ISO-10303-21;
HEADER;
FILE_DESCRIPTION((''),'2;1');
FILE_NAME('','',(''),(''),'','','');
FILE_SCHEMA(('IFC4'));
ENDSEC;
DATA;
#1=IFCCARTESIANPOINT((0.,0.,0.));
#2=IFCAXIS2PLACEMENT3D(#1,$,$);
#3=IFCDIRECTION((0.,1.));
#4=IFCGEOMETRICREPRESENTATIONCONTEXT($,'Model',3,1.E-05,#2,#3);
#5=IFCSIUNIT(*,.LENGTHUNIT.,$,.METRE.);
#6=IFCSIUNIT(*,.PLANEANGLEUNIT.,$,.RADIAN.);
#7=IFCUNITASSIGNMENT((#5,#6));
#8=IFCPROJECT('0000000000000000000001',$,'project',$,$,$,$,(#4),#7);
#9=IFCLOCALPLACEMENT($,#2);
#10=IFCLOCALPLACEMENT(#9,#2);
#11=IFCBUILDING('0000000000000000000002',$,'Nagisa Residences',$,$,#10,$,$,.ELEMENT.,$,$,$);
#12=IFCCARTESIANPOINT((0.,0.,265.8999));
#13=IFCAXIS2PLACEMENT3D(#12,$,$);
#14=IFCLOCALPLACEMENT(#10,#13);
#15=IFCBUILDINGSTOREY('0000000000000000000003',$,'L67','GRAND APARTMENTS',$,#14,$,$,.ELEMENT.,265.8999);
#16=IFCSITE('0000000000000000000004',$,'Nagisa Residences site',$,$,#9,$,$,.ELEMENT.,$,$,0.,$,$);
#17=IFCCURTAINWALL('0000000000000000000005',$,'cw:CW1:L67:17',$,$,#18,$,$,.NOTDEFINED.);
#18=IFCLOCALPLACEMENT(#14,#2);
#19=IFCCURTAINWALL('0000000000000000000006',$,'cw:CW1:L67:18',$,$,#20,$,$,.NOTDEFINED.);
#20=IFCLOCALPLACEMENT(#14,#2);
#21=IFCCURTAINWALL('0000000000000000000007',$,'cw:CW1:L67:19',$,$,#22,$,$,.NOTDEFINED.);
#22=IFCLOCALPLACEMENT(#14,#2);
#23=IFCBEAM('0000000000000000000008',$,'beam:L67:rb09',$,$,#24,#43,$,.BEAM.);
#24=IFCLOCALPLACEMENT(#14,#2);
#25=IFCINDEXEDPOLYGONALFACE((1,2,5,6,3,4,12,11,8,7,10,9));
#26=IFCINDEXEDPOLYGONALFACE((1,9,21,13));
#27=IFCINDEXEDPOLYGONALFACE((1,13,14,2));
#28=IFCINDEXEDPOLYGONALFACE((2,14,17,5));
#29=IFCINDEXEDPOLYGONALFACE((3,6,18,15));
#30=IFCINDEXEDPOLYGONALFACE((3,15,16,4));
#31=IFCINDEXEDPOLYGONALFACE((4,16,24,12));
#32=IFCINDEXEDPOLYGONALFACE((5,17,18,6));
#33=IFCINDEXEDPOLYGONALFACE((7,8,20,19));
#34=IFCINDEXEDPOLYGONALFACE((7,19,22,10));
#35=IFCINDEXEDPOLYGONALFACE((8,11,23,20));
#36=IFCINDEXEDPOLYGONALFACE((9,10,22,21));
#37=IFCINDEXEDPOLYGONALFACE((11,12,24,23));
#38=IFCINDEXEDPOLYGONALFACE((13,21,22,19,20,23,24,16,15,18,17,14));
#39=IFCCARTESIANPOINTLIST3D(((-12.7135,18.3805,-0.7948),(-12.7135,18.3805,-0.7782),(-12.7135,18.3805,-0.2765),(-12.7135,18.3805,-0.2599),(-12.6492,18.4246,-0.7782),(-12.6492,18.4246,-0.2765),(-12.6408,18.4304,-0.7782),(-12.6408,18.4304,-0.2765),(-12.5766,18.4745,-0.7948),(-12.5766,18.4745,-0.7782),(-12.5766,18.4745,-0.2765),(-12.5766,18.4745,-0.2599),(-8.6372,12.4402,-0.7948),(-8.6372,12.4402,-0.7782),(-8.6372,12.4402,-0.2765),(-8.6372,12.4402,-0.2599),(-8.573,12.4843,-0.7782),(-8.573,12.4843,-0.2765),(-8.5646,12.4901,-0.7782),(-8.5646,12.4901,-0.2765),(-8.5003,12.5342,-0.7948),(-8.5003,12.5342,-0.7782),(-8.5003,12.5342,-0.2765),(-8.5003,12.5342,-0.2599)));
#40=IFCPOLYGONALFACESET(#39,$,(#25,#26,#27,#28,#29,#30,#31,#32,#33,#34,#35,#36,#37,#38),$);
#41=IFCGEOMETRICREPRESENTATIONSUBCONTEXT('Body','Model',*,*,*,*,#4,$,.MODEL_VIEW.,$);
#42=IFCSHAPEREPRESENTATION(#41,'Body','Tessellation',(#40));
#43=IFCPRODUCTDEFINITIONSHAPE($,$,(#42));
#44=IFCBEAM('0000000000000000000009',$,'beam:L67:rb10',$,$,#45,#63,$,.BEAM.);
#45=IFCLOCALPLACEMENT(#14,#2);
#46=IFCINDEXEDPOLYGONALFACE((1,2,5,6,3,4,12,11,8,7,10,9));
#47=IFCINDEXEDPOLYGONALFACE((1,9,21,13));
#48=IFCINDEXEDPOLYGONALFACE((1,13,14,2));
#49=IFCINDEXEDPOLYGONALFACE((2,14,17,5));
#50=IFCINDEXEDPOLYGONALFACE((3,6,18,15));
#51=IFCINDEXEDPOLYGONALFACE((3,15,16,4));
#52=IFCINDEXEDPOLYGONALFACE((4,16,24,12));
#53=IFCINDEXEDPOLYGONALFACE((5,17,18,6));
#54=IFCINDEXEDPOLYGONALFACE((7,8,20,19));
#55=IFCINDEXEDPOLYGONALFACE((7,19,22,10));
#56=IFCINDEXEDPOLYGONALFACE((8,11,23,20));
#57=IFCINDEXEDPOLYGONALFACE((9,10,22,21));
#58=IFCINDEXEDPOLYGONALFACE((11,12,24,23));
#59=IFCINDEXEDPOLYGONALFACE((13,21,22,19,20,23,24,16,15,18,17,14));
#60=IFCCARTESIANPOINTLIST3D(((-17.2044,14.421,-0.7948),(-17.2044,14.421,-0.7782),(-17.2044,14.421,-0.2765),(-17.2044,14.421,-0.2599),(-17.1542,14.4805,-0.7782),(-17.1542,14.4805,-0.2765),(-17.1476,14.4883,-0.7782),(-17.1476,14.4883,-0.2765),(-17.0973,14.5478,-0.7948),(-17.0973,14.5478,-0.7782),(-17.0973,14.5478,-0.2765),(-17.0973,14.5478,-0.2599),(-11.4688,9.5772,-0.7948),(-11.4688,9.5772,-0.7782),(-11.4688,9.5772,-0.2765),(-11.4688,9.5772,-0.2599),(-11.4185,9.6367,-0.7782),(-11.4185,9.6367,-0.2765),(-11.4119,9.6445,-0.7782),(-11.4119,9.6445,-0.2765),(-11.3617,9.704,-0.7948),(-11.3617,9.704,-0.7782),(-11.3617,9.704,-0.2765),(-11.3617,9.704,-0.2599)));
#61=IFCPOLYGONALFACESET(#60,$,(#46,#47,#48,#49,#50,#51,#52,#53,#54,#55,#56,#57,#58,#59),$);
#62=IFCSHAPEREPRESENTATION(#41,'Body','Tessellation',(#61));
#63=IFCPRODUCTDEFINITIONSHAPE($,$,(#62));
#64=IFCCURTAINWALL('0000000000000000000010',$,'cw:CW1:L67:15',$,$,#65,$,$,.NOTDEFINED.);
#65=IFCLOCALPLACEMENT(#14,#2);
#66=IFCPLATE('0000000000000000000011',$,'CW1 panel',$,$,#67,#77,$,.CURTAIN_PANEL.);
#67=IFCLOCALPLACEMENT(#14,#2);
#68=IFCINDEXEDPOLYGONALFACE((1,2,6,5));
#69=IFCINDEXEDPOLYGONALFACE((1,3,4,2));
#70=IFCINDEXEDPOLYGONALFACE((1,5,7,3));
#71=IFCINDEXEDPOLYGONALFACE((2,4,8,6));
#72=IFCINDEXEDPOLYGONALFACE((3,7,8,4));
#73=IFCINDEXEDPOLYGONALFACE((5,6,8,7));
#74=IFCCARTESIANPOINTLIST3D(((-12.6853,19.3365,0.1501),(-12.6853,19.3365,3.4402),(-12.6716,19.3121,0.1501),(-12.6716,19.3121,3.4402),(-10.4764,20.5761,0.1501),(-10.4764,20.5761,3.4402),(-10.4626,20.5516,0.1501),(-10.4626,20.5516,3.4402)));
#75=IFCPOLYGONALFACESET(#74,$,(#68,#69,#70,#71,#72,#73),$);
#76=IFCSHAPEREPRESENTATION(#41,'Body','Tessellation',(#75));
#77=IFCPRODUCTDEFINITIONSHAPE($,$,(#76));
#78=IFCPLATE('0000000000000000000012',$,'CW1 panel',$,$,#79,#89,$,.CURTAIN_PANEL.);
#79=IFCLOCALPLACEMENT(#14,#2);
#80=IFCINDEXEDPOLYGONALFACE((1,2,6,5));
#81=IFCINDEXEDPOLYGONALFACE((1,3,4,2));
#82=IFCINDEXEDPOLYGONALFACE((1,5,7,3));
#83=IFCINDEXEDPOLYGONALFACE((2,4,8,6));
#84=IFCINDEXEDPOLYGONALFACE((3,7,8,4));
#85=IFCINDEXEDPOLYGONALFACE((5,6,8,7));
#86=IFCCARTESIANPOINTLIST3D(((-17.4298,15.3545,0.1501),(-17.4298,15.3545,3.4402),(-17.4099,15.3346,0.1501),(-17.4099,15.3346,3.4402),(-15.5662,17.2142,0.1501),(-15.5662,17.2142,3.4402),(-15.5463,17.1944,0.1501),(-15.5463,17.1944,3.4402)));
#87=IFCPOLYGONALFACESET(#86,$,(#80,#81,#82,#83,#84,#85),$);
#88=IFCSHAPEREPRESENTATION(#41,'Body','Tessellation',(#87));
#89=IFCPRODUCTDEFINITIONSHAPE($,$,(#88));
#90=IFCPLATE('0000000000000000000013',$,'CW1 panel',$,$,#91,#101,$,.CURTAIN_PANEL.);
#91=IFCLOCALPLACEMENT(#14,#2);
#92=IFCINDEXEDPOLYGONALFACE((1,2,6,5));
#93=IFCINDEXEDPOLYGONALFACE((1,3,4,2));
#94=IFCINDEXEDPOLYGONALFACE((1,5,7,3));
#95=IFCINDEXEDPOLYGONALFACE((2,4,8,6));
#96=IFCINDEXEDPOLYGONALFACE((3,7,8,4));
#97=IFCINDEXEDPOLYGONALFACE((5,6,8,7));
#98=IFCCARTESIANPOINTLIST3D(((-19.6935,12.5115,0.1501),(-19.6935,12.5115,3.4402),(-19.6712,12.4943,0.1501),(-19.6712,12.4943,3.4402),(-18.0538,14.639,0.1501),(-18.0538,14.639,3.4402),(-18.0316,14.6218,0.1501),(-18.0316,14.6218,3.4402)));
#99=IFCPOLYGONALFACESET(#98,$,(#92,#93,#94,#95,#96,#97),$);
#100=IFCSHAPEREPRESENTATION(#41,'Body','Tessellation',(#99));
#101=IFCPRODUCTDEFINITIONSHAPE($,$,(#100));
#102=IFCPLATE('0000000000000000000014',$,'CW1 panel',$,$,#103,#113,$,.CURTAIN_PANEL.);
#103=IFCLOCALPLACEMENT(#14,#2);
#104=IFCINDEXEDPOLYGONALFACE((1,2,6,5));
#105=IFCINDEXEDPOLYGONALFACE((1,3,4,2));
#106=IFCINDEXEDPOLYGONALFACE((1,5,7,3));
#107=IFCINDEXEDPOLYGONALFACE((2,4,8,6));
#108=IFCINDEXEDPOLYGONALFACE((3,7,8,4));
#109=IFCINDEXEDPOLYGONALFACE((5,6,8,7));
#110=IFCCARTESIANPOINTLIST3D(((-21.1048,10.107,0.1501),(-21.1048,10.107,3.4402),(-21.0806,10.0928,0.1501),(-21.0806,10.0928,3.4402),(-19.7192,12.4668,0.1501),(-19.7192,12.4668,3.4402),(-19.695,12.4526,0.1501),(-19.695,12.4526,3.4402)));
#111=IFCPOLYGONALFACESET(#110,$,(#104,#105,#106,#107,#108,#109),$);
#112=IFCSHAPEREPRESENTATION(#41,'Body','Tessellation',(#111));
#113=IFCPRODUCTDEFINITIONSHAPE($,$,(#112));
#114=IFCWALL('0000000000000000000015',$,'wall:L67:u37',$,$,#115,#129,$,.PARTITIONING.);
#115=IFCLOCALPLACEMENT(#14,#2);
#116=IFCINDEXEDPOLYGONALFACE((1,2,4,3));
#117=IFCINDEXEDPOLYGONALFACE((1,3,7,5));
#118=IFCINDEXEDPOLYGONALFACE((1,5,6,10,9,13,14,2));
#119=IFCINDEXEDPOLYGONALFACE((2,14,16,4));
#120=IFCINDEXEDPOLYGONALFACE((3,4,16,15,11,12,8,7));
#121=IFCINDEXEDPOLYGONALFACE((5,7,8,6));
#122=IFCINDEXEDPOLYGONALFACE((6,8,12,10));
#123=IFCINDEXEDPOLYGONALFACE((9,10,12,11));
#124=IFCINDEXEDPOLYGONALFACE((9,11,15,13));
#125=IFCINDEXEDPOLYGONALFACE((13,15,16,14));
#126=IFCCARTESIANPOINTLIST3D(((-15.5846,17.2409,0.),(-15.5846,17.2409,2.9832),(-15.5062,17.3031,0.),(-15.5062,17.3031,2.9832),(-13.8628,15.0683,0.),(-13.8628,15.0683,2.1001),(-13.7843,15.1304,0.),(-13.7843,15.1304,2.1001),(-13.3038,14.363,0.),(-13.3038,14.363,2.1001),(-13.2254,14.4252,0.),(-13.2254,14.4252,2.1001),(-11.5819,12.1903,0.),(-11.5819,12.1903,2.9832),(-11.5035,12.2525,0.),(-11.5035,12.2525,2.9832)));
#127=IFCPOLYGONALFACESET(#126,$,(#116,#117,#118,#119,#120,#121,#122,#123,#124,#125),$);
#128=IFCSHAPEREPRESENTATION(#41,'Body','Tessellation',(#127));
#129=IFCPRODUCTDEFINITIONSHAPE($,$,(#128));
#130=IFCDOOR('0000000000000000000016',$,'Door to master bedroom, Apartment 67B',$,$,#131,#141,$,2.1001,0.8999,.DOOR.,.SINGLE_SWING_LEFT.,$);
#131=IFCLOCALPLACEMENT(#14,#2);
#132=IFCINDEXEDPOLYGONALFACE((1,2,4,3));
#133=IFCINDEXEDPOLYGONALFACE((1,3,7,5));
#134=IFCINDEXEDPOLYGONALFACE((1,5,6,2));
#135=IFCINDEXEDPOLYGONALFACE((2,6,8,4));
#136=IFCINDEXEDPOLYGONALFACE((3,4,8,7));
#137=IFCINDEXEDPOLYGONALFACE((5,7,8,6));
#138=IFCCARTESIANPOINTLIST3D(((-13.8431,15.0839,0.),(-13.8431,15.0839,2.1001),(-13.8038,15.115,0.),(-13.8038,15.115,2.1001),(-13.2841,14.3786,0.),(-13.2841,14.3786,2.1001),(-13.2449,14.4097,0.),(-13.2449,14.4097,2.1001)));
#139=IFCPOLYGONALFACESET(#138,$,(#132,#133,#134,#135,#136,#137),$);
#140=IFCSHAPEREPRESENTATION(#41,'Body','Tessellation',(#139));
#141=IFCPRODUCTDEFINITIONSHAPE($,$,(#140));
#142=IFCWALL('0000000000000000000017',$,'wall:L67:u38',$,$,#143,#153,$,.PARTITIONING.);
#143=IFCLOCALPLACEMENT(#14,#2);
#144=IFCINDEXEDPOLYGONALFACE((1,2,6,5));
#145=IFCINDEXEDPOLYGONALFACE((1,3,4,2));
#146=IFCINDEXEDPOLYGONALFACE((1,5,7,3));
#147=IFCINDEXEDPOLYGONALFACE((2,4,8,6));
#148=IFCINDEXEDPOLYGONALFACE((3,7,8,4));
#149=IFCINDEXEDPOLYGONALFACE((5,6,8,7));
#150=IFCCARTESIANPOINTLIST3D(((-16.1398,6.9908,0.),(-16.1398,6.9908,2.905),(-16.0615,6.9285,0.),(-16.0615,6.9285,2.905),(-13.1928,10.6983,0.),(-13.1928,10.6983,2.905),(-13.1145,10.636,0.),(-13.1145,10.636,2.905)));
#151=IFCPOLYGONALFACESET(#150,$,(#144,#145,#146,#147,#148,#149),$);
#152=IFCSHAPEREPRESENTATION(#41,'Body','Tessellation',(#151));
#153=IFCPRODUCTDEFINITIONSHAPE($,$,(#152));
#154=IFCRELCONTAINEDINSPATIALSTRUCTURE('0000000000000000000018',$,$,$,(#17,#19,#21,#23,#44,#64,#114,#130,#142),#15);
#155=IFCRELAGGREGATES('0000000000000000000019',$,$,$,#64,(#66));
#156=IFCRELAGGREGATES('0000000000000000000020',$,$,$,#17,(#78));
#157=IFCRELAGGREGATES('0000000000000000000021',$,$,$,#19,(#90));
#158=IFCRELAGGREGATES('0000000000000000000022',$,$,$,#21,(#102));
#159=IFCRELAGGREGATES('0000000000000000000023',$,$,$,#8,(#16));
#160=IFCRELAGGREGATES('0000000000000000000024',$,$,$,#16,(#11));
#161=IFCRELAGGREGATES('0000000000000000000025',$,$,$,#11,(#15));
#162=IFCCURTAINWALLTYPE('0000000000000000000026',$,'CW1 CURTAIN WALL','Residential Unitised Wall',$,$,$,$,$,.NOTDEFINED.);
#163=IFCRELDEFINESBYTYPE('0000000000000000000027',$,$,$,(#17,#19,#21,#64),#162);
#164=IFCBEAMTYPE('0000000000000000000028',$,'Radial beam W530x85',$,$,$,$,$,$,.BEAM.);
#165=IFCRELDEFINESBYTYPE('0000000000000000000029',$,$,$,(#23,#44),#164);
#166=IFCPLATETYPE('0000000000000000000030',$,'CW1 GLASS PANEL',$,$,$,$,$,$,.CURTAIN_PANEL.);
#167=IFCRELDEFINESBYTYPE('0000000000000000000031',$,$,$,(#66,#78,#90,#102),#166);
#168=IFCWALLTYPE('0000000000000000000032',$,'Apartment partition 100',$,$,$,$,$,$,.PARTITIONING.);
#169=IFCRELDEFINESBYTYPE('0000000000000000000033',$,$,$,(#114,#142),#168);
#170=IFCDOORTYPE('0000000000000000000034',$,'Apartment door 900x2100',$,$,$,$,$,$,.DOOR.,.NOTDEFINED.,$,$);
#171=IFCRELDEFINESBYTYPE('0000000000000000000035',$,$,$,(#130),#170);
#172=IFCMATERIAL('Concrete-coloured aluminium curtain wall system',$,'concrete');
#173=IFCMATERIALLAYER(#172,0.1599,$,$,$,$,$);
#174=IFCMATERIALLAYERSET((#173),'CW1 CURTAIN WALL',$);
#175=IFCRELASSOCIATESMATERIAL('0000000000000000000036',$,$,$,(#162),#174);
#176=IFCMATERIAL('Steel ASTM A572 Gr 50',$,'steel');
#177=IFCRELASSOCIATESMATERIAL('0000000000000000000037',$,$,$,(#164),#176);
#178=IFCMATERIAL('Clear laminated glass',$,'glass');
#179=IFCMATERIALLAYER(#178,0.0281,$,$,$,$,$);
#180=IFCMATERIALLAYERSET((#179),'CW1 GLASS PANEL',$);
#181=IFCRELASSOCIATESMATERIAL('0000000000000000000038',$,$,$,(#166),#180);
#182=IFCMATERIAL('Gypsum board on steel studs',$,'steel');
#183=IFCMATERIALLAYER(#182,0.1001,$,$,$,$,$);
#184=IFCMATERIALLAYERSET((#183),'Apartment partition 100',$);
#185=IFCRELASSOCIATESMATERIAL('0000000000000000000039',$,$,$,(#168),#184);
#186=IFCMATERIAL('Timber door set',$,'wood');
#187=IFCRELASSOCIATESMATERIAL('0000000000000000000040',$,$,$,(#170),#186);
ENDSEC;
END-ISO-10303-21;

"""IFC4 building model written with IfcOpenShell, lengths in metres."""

from ifc_helpers import new_model, si_unit, direction, frame, frame_2d, origin, origin_2d, place, context, subcontext, project, spatial, rectangle, i_section, extrude, material, layer, layer_set, material_profile, profile_set, type_object, element, fill, aggregate, save


model = new_model("IFC4")

# Units and contexts
model_context = context("Model", 3, precision=1e-05, world=origin(), true_north=direction((0.0, 1.0)))
body_context = subcontext(model_context, "Body", "Model", "MODEL_VIEW")
ifc_project = project(units=[si_unit("LENGTHUNIT", "METRE"), si_unit("PLANEANGLEUNIT", "RADIAN")], contexts=[model_context])

# Site, building, storey
site_placement = place(None, origin())
site = spatial("IfcSite", under=ifc_project, at=site_placement, Name="Nagisa Residences site", CompositionType="ELEMENT", RefElevation=0.0)
building_placement = place(site_placement, origin())
building = spatial("IfcBuilding", under=site, at=building_placement, Name="Nagisa Residences", CompositionType="ELEMENT")
storey_placement = place(building_placement, frame((0.0, 0.0, 265.8999)))
storey = spatial("IfcBuildingStorey", under=building, at=storey_placement, Name="L67", Description="GRAND APARTMENTS", CompositionType="ELEMENT", Elevation=265.8999)

# Curtain walls
ifc_material_1 = material(Name="Concrete-coloured aluminium curtain wall system", Category="concrete")
ifc_layer_1 = layer(ifc_material_1, 0.1599)
ifc_layer_set_1 = layer_set([ifc_layer_1], Name="CW1 CURTAIN WALL")
curtain_wall_type = type_object("IfcCurtainWallType", Name="CW1 CURTAIN WALL", Description="Residential Unitised Wall", PredefinedType="NOTDEFINED", material=ifc_layer_set_1)
curtain_wall_1_placement = place(storey_placement, origin())
curtain_wall_1 = element("IfcCurtainWall", 1, at=curtain_wall_1_placement, inside=storey, type_object=curtain_wall_type, Name="cw:CW1:L67:17", PredefinedType="NOTDEFINED")
curtain_wall_2_placement = place(storey_placement, origin())
curtain_wall_2 = element("IfcCurtainWall", 2, at=curtain_wall_2_placement, inside=storey, type_object=curtain_wall_type, Name="cw:CW1:L67:18", PredefinedType="NOTDEFINED")
curtain_wall_3_placement = place(storey_placement, origin())
curtain_wall_3 = element("IfcCurtainWall", 3, at=curtain_wall_3_placement, inside=storey, type_object=curtain_wall_type, Name="cw:CW1:L67:19", PredefinedType="NOTDEFINED")

# Beams
ifc_material_2 = material(Name="Steel ASTM A572 Gr 50", Category="steel")
ifc_material_profile_1 = material_profile(ifc_material_2, i_section(OverallWidth=0.166, OverallDepth=0.5349, WebThickness=0.0103, FlangeThickness=0.0166, at=origin_2d()), Name="W530x85")
ifc_profile_set_1 = profile_set([ifc_material_profile_1], Name="Steel ASTM A572 Gr 50")
beam_type_1 = type_object("IfcBeamType", Name="Radial beam W530x85", PredefinedType="BEAM", material=ifc_profile_set_1)
beam_1_placement = place(storey_placement, frame((-12.645, 18.4275, -0.5273), z_axis=(0.565802, -0.824541, 0.0), x_axis=(0.824541, 0.565802, 0.0)))
element("IfcBeam", 4, at=beam_1_placement, inside=storey, type_object=beam_type_1, Name="beam:L67:rb09", PredefinedType="BEAM", context=body_context, shape_type="SweptSolid", body=[
    extrude(i_section(OverallWidth=0.166, OverallDepth=0.5349, WebThickness=0.0103, FlangeThickness=0.0166, at=origin_2d()), origin(), (0.0, 0.0, 1.0), 7.2043),
])
beam_2_placement = place(storey_placement, frame((-17.1509, 14.4844, -0.5273), z_axis=(0.764006, -0.645209, 0.0), x_axis=(0.645209, 0.764006, 0.0)))
element("IfcBeam", 5, at=beam_2_placement, inside=storey, type_object=beam_type_1, Name="beam:L67:rb10", PredefinedType="BEAM", context=body_context, shape_type="SweptSolid", body=[
    extrude(i_section(OverallWidth=0.166, OverallDepth=0.5349, WebThickness=0.0103, FlangeThickness=0.0166, at=origin_2d()), origin(), (0.0, 0.0, 1.0), 7.5073),
])

# Curtain wall, plate
curtain_wall_4_placement = place(storey_placement, origin())
curtain_wall_4 = element("IfcCurtainWall", 6, at=curtain_wall_4_placement, inside=storey, type_object=curtain_wall_type, Name="cw:CW1:L67:15", PredefinedType="NOTDEFINED")
ifc_material_3 = material(Name="Clear laminated glass", Category="glass")
ifc_layer_2 = layer(ifc_material_3, 0.0281)
ifc_layer_set_2 = layer_set([ifc_layer_2], Name="CW1 GLASS PANEL")
plate_type = type_object("IfcPlateType", Name="CW1 GLASS PANEL", PredefinedType="CURTAIN_PANEL", material=ifc_layer_set_2)
plate_1_placement = place(storey_placement, frame((-11.574, 19.9441, 0.1501), z_axis=(0.0, 0.0, 1.0), x_axis=(-0.872072, -0.489377, 0.0)))
plate_1 = element("IfcPlate", 7, at=plate_1_placement, type_object=plate_type, Name="CW1 panel", PredefinedType="CURTAIN_PANEL", context=body_context, shape_type="SweptSolid", body=[
    extrude(rectangle(XDim=2.533, YDim=0.0281, at=origin_2d()), origin(), (0.0, 0.0, 1.0), 3.29),
])
aggregate(curtain_wall_4, [plate_1])

# Plates
plate_2_placement = place(storey_placement, frame((-16.488, 16.2744, 0.1501), z_axis=(0.0, 0.0, 1.0), x_axis=(-0.707836, -0.706377, 0.0)))
plate_2 = element("IfcPlate", 8, at=plate_2_placement, type_object=plate_type, Name="CW1 panel", PredefinedType="CURTAIN_PANEL", context=body_context, shape_type="SweptSolid", body=[
    extrude(rectangle(XDim=2.6328, YDim=0.0281, at=origin_2d()), origin(), (0.0, 0.0, 1.0), 3.29),
])
aggregate(curtain_wall_1, [plate_2])
plate_3_placement = place(storey_placement, frame((-18.8625, 13.5667, 0.1501), z_axis=(0.0, 0.0, 1.0), x_axis=(-0.61043, -0.79207, 0.0)))
plate_3 = element("IfcPlate", 9, at=plate_3_placement, type_object=plate_type, Name="CW1 panel", PredefinedType="CURTAIN_PANEL", context=body_context, shape_type="SweptSolid", body=[
    extrude(rectangle(XDim=2.686, YDim=0.0281, at=origin_2d()), origin(), (0.0, 0.0, 1.0), 3.29),
])
aggregate(curtain_wall_2, [plate_3])
plate_4_placement = place(storey_placement, frame((-20.3999, 11.2798, 0.1501), z_axis=(0.0, 0.0, 1.0), x_axis=(-0.506349, -0.862329, 0.0)))
plate_4 = element("IfcPlate", 10, at=plate_4_placement, type_object=plate_type, Name="CW1 panel", PredefinedType="CURTAIN_PANEL", context=body_context, shape_type="SweptSolid", body=[
    extrude(rectangle(XDim=2.7366, YDim=0.0281, at=origin_2d()), origin(), (0.0, 0.0, 1.0), 3.29),
])
aggregate(curtain_wall_3, [plate_4])

# Wall, opening, door
ifc_material_4 = material(Name="Gypsum board on steel studs", Category="steel")
ifc_layer_3 = layer(ifc_material_4, 0.1001)
ifc_layer_set_3 = layer_set([ifc_layer_3], Name="Apartment partition 100")
wall_type_1 = type_object("IfcWallType", Name="Apartment partition 100", PredefinedType="PARTITIONING", material=ifc_layer_set_3)
wall_1_placement = place(storey_placement, frame((-11.5427, 12.2214, 0.0), z_axis=(0.0, 0.0, 1.0), x_axis=(-0.621117, 0.783718, 0.0)))
wall_1 = element("IfcWall", 11, at=wall_1_placement, inside=storey, type_object=wall_type_1, Name="wall:L67:u37", PredefinedType="PARTITIONING", context=body_context, shape_type="SweptSolid", body=[
    extrude(rectangle(XDim=6.4443, YDim=0.1001, at=frame_2d((3.2222, 0.0))), origin(), (0.0, 0.0, 1.0), 2.9832),
])
opening_1_placement = place(wall_1_placement, frame((2.7722, 0.0, 0.0)))
opening_1 = element("IfcOpeningElement", 12, at=opening_1_placement, cuts=wall_1, PredefinedType="OPENING", context=body_context, shape_type="SweptSolid", body=[
    extrude(rectangle(XDim=0.8999, YDim=2.1001, at=frame_2d((0.45, 1.05))), frame((0.0, 0.0601, 0.0), z_axis=(0.0, -1.0, 0.0), x_axis=(1.0, 0.0, 0.0)), (0.0, 0.0, 1.0), 0.1201),
])
ifc_material_5 = material(Name="Timber door set", Category="wood")
door_type_1 = type_object("IfcDoorType", Name="Apartment door 900x2100", OperationType="NOTDEFINED", PredefinedType="DOOR", material=ifc_material_5)
door_1_placement = place(opening_1_placement, origin())
door_1 = element("IfcDoor", 13, at=door_1_placement, inside=storey, type_object=door_type_1, Name="Door to master bedroom, Apartment 67B", OperationType="SINGLE_SWING_LEFT", OverallHeight=2.1001, OverallWidth=0.8999, PredefinedType="DOOR", context=body_context, shape_type="SweptSolid", body=[
    extrude(rectangle(XDim=0.8999, YDim=2.1001, at=frame_2d((0.45, 1.05))), frame((0.0, 0.0249, 0.0), z_axis=(0.0, -1.0, 0.0), x_axis=(1.0, 0.0, 0.0)), (0.0, 0.0, 1.0), 0.05),
])
fill(opening_1, door_1)

# Wall
wall_2_placement = place(storey_placement, frame((-13.1536, 10.6672, 0.0), z_axis=(0.0, 0.0, 1.0), x_axis=(-0.622247, -0.782821, 0.0)))
element("IfcWall", 14, at=wall_2_placement, inside=storey, type_object=wall_type_1, Name="wall:L67:u38", PredefinedType="PARTITIONING", context=body_context, shape_type="SweptSolid", body=[
    extrude(rectangle(XDim=4.7361, YDim=0.1001, at=frame_2d((2.3682, 0.0))), origin(), (0.0, 0.0, 1.0), 2.905),
])

save(model, "model.ifc")
